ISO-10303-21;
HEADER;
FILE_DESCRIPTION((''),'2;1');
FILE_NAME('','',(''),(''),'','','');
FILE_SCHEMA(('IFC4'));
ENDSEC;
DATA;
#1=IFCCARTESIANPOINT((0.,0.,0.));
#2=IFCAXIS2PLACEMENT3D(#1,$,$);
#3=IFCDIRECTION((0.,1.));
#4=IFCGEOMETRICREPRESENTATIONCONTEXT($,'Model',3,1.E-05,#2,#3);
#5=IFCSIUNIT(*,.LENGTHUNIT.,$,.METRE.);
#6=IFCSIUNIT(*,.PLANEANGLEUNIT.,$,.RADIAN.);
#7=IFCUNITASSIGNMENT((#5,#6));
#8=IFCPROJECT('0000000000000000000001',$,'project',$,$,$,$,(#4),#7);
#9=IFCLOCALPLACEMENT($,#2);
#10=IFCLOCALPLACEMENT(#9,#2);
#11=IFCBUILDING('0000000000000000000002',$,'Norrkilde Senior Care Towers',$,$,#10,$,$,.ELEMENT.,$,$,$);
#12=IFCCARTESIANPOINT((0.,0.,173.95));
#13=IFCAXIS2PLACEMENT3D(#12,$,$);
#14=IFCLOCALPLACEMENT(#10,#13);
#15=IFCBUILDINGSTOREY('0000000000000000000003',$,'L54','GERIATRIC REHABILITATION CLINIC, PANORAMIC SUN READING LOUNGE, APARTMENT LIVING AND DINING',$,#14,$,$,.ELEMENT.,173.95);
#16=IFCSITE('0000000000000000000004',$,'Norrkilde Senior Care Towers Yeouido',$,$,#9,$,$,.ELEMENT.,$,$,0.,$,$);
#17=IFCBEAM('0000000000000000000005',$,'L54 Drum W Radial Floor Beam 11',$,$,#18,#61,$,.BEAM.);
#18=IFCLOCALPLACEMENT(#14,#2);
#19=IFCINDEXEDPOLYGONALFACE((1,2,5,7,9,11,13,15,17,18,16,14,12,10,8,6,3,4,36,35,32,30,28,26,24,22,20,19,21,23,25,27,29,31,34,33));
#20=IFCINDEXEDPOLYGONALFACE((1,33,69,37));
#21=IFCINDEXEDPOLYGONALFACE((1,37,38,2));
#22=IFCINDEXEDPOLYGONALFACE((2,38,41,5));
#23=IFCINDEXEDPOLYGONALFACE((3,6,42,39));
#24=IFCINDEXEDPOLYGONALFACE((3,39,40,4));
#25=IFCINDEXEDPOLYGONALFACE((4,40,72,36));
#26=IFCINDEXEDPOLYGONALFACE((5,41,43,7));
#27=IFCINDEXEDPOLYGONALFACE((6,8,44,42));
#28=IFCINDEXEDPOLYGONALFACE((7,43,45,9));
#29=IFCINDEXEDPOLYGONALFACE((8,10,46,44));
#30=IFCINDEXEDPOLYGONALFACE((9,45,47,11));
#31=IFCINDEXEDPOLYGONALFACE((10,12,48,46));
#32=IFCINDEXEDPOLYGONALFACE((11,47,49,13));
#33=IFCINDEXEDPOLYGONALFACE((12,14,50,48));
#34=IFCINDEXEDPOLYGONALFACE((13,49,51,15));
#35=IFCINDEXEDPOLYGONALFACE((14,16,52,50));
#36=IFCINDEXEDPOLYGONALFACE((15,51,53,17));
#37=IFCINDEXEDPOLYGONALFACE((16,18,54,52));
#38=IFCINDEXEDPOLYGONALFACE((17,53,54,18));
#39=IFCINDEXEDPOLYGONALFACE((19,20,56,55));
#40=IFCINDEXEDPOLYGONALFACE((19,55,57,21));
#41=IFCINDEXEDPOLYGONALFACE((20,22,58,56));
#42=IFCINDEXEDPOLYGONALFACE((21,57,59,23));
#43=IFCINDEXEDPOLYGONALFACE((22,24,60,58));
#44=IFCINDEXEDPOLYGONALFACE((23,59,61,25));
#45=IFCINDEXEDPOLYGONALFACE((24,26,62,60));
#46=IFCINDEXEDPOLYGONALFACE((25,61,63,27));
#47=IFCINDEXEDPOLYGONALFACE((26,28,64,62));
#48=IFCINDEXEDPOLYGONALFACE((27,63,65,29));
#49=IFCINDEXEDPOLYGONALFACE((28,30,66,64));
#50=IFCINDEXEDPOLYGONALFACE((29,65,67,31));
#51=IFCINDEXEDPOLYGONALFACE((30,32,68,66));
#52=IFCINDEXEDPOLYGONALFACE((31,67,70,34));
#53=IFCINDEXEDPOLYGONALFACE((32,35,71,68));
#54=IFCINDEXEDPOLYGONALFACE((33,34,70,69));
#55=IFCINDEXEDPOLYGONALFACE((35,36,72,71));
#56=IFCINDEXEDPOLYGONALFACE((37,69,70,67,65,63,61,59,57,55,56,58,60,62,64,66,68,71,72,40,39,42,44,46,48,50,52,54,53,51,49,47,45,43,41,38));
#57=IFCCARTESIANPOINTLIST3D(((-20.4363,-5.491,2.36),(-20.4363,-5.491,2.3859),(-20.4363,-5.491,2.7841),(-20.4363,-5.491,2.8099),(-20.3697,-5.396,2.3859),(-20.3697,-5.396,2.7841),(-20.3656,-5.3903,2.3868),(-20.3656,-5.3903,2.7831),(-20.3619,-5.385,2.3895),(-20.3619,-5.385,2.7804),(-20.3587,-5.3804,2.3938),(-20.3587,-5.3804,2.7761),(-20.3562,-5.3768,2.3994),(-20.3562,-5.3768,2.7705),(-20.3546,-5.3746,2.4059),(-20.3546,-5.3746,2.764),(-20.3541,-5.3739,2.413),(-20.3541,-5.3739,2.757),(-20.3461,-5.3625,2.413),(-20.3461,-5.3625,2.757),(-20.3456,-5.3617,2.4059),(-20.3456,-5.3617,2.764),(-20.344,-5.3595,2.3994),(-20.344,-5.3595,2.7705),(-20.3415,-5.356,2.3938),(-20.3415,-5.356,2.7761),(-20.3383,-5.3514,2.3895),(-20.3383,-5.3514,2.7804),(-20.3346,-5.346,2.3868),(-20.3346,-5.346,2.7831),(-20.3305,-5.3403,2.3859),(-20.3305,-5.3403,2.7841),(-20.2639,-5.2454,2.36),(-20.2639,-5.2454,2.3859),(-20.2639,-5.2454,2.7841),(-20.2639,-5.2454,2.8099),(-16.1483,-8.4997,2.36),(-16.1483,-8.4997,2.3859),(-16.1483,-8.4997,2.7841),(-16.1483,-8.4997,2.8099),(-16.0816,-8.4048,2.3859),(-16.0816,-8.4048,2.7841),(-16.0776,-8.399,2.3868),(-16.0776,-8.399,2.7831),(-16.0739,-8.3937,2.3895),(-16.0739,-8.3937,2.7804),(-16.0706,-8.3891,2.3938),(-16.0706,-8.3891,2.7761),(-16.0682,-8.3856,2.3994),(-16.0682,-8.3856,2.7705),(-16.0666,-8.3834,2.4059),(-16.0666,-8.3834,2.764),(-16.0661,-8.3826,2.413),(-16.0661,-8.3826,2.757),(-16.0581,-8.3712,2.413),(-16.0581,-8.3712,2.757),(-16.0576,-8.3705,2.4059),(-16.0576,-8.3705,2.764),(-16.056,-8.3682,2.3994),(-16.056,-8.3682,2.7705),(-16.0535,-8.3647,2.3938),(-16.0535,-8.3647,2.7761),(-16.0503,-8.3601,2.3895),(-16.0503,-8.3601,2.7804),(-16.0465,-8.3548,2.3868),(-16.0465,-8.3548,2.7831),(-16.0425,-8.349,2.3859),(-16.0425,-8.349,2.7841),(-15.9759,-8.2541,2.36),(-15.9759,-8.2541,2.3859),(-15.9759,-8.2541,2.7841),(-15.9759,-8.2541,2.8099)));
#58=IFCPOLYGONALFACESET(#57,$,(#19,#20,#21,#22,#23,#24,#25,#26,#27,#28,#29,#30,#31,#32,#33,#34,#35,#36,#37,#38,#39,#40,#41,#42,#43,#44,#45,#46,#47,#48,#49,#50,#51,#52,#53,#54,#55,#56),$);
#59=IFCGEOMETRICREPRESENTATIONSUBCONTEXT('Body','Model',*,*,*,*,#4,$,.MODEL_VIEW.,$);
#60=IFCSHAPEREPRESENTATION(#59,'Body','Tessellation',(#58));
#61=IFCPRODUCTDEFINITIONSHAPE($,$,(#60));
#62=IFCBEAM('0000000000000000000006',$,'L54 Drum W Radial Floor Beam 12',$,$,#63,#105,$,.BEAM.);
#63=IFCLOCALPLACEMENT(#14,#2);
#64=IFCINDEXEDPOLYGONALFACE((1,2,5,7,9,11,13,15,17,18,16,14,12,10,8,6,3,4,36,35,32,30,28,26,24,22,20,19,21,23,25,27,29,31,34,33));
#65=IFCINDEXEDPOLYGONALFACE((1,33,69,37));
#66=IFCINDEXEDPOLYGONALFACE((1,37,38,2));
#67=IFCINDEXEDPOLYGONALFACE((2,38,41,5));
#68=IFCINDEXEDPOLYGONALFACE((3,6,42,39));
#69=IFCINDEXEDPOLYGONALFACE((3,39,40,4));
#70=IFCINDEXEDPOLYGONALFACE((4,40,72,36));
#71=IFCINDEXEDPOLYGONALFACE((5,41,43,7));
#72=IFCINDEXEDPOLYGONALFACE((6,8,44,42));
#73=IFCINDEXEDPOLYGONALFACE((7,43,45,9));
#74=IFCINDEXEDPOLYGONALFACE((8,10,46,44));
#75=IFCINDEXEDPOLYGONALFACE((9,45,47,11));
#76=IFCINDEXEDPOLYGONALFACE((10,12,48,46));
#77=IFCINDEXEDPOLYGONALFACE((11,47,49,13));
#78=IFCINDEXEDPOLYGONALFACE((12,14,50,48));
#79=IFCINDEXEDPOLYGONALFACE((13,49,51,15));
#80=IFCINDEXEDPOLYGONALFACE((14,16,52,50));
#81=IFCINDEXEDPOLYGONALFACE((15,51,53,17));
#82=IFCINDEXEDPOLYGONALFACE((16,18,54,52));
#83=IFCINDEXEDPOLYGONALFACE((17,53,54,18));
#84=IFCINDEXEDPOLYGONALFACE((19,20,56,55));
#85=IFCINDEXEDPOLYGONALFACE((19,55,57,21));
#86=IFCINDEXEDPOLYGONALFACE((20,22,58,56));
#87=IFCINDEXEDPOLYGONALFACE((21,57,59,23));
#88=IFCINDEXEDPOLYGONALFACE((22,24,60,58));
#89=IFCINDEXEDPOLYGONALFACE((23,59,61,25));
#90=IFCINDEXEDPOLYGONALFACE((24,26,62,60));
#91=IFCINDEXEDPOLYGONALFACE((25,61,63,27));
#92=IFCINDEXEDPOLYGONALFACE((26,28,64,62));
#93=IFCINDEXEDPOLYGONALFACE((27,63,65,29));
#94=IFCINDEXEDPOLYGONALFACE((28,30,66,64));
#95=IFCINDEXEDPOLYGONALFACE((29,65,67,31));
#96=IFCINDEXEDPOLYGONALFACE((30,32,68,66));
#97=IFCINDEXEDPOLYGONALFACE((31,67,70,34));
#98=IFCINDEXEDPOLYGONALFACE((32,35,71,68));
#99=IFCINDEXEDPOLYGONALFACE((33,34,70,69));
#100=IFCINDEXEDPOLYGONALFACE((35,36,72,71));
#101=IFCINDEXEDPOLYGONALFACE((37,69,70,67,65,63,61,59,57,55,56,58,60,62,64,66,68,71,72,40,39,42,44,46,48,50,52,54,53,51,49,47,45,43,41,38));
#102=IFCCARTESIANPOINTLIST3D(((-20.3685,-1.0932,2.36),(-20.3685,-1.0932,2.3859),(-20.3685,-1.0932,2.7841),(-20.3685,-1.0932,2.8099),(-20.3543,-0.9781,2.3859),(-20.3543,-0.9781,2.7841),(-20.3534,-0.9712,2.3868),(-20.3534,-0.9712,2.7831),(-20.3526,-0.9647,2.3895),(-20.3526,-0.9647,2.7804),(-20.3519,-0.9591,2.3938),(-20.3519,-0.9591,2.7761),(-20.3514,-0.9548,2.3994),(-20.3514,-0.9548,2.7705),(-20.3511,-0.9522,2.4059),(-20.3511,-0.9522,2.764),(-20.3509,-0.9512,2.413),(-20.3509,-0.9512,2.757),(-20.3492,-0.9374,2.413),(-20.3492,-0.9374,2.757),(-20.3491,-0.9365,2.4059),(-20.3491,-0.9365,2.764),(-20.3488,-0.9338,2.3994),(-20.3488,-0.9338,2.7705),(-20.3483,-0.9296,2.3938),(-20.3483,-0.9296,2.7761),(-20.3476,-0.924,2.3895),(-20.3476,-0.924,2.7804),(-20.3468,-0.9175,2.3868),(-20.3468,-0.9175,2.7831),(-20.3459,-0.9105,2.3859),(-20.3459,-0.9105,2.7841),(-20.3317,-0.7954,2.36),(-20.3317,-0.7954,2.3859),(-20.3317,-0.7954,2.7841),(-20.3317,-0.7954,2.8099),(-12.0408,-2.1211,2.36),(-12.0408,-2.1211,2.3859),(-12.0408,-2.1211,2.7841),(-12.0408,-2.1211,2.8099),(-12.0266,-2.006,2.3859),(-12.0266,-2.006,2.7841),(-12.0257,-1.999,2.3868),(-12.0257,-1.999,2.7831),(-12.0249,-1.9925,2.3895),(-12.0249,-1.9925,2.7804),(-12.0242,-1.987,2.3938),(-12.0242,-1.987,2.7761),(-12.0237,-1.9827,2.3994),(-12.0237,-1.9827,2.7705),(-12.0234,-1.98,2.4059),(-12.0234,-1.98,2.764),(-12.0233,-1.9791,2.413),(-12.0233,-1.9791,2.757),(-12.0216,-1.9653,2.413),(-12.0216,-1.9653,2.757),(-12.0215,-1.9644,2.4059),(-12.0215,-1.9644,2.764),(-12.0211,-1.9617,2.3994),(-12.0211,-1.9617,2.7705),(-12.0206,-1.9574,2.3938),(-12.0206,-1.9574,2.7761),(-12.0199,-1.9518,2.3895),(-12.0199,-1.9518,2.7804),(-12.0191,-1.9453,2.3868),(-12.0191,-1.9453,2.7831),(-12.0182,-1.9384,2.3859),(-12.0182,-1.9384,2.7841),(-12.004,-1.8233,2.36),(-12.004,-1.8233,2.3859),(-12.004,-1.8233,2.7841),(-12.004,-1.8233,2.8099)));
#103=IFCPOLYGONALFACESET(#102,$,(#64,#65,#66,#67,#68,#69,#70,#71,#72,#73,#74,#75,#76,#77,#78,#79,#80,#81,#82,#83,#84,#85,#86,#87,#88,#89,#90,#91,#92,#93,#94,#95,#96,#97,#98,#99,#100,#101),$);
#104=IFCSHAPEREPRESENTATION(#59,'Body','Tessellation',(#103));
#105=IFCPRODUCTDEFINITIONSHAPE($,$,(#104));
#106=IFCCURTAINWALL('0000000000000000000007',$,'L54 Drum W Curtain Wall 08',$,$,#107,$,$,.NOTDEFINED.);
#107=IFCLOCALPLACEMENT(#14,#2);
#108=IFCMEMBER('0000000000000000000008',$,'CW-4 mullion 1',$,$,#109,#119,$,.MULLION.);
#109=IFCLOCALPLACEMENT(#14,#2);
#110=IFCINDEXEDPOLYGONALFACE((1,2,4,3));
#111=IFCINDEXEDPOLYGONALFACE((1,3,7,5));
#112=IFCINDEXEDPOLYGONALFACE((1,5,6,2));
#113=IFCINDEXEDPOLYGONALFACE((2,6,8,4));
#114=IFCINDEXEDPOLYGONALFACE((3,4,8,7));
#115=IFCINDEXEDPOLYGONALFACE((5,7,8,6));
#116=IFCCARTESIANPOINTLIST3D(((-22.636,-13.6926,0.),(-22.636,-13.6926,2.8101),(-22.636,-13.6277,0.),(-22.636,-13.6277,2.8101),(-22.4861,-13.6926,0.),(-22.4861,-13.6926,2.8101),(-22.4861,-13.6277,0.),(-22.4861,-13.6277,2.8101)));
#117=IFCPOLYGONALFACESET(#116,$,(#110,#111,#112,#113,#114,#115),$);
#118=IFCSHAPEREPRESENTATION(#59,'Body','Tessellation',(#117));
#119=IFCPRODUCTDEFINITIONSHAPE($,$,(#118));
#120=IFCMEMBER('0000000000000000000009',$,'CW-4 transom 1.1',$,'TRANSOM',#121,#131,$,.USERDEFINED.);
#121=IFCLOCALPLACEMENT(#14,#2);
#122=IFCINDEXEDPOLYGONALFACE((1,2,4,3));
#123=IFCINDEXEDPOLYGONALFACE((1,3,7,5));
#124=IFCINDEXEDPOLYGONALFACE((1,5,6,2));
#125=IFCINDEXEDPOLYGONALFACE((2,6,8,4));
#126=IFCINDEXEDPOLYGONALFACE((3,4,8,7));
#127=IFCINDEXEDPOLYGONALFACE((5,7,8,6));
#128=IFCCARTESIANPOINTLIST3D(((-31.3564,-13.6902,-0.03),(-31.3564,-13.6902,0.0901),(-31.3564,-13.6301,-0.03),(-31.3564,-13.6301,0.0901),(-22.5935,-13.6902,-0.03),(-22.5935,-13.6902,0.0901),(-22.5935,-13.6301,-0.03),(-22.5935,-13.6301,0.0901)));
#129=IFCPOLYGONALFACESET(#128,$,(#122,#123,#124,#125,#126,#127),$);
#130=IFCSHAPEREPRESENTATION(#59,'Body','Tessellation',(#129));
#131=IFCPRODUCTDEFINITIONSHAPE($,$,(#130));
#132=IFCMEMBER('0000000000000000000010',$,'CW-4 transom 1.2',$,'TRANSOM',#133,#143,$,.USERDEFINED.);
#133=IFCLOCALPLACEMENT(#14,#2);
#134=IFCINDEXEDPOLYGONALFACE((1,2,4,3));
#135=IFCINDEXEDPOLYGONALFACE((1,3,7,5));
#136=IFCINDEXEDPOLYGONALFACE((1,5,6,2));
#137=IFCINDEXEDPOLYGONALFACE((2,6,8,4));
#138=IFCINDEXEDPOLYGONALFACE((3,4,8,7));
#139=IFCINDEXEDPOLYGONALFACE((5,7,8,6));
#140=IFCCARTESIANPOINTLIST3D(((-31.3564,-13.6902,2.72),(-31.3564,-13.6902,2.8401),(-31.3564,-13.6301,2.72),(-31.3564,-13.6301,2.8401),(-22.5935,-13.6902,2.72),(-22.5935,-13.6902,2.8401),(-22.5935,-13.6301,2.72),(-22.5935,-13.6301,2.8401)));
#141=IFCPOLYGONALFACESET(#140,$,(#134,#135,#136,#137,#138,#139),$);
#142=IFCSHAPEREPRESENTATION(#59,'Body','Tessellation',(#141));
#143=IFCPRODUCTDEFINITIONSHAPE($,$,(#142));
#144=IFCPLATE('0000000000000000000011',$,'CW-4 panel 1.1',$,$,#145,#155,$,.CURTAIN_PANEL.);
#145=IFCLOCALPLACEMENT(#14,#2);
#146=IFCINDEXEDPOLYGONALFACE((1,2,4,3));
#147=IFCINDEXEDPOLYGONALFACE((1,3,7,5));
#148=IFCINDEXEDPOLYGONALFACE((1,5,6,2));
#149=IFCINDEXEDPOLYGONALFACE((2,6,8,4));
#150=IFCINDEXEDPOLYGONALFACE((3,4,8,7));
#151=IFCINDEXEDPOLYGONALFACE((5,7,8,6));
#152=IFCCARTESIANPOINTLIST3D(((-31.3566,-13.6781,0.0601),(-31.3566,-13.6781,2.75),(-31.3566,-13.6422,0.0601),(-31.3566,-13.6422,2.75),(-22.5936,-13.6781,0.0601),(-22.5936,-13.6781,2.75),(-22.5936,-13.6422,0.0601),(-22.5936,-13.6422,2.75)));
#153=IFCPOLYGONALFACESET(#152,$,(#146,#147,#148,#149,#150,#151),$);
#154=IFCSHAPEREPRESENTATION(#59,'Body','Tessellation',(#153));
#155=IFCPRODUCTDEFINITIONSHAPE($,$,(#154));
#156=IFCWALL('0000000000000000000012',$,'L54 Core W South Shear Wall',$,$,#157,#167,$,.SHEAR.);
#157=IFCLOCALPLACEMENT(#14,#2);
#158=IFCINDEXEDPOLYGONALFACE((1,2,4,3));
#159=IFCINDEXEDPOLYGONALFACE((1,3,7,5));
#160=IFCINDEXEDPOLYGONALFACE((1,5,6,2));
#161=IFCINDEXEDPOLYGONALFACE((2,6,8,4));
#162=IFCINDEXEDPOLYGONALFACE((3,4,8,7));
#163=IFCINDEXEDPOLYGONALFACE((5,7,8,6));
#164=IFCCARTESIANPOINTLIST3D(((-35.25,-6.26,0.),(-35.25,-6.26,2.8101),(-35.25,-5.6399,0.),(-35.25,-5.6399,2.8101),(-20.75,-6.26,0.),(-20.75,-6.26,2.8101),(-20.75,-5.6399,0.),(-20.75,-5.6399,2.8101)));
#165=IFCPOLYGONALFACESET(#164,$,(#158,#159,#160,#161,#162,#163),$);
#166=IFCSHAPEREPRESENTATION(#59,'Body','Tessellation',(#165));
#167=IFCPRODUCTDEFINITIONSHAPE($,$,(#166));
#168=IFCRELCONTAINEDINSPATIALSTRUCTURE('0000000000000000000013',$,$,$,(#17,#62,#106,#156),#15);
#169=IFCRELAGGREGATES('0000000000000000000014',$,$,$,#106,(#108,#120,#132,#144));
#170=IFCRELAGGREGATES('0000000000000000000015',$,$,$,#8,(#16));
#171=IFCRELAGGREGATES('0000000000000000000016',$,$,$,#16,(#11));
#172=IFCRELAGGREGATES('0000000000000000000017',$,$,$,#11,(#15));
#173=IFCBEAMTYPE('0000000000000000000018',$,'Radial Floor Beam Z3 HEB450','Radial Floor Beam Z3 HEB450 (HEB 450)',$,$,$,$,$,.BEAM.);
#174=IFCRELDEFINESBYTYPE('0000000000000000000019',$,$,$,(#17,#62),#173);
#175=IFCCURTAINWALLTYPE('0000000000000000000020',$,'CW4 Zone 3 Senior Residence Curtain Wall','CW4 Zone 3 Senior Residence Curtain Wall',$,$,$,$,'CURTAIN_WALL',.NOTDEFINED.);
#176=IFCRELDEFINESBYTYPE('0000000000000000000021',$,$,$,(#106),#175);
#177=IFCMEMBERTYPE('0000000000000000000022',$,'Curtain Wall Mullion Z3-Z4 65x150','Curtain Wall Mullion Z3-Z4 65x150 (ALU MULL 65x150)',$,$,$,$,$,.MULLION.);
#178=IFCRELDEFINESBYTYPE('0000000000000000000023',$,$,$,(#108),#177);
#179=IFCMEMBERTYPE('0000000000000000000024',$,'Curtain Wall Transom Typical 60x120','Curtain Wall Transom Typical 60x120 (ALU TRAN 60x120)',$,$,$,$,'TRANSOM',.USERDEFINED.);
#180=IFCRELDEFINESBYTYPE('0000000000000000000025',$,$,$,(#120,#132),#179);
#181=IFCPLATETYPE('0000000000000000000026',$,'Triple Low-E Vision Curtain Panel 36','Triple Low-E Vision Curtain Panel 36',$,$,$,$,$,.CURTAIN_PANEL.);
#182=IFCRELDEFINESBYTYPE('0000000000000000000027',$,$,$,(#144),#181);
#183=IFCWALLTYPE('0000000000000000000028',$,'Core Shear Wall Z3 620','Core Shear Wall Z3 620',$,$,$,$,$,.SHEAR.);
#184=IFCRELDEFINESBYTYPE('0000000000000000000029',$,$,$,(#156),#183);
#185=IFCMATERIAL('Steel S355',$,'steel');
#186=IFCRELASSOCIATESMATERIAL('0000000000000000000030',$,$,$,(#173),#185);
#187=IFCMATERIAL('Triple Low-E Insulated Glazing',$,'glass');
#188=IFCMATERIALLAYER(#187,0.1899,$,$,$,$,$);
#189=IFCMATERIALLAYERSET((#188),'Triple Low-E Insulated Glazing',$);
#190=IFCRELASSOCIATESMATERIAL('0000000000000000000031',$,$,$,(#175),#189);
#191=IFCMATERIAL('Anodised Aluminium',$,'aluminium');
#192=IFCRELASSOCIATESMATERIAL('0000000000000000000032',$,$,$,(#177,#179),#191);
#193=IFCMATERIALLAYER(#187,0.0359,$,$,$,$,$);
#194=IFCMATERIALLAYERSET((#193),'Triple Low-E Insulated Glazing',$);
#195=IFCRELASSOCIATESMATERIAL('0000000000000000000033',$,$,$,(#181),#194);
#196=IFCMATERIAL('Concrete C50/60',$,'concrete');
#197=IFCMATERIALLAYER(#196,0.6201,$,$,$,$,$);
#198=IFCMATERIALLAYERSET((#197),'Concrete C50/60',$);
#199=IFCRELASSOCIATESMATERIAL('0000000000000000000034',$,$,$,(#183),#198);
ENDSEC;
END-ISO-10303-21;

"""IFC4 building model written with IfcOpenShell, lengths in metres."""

from ifc_helpers import new_model, si_unit, direction, frame, frame_2d, origin, origin_2d, place, context, subcontext, project, spatial, rectangle, i_section, extrude, source, transform, mapped, material, layer, layer_set, material_profile, profile_set, type_object, type_shapes, element, aggregate, save


model = new_model("IFC4")

# Units and contexts
model_context = context("Model", 3, precision=1e-05, world=origin(), true_north=direction((0.0, 1.0)))
body_context = subcontext(model_context, "Body", "Model", "MODEL_VIEW")
ifc_project = project(units=[si_unit("LENGTHUNIT", "METRE"), si_unit("PLANEANGLEUNIT", "RADIAN")], contexts=[model_context])

# Site, building, storey
site_placement = place(None, origin())
site = spatial("IfcSite", under=ifc_project, at=site_placement, Name="Norrkilde Senior Care Towers Yeouido", CompositionType="ELEMENT", RefElevation=0.0)
building_placement = place(site_placement, origin())
building = spatial("IfcBuilding", under=site, at=building_placement, Name="Norrkilde Senior Care Towers", CompositionType="ELEMENT")
storey_placement = place(building_placement, frame((0.0, 0.0, 173.95)))
storey = spatial("IfcBuildingStorey", under=building, at=storey_placement, Name="L54", Description="GERIATRIC REHABILITATION CLINIC, PANORAMIC SUN READING LOUNGE, APARTMENT LIVING AND DINING", CompositionType="ELEMENT", Elevation=173.95)

# Shared definitions
ifc_material_1 = material(Name="Concrete C50/60", Category="concrete")

# Beams
ifc_material_2 = material(Name="Steel S355", Category="steel")
ifc_material_profile_1 = material_profile(ifc_material_2, i_section(OverallWidth=0.3, OverallDepth=0.45, WebThickness=0.0139, FlangeThickness=0.0259, FilletRadius=0.0271, at=origin_2d()), Name="HEB 450")
ifc_profile_set_1 = profile_set([ifc_material_profile_1], Name="Steel S355")
beam_type_1 = type_object("IfcBeamType", Name="Radial Floor Beam Z3 HEB450", Description="Radial Floor Beam Z3 HEB450 (HEB 450)", PredefinedType="BEAM", material=ifc_profile_set_1)
shared_shape_1 = source(origin(), body_context, "Body", "SweptSolid", [
    extrude(i_section(OverallWidth=0.3, OverallDepth=0.45, WebThickness=0.0139, FlangeThickness=0.0259, FilletRadius=0.0271, at=origin_2d()), origin(), (0.0, 0.0, 1.0), 5.2383),
])
beam_1_placement = place(storey_placement, frame((-20.3501, -5.3682, 2.585), z_axis=(0.818592, -0.574375, 0.0), x_axis=(0.574375, 0.818592, 0.0)))
element("IfcBeam", 1, at=beam_1_placement, inside=storey, type_object=beam_type_1, Name="L54 Drum W Radial Floor Beam 11", PredefinedType="BEAM", context=body_context, shape_type="MappedRepresentation", body=[
    mapped(shared_shape_1, transform((0.0, 0.0, 0.0), x_axis=(1.0, 0.0, 0.0), y_axis=(0.0, 1.0, 0.0), z_axis=(0.0, 0.0, 1.0), scale=1.0)),
])
shared_shape_2 = source(origin(), body_context, "Body", "SweptSolid", [
    extrude(i_section(OverallWidth=0.3, OverallDepth=0.45, WebThickness=0.0139, FlangeThickness=0.0259, FilletRadius=0.0271, at=origin_2d()), origin(), (0.0, 0.0, 1.0), 8.3909),
])
beam_2_placement = place(storey_placement, frame((-20.3501, -0.9443, 2.585), z_axis=(0.992469, -0.122495, 0.0), x_axis=(0.122495, 0.992469, 0.0)))
element("IfcBeam", 2, at=beam_2_placement, inside=storey, type_object=beam_type_1, Name="L54 Drum W Radial Floor Beam 12", PredefinedType="BEAM", context=body_context, shape_type="MappedRepresentation", body=[
    mapped(shared_shape_2, transform((0.0, 0.0, 0.0), x_axis=(1.0, 0.0, 0.0), y_axis=(0.0, 1.0, 0.0), z_axis=(0.0, 0.0, 1.0), scale=1.0)),
])

# Curtain wall, members, plate
ifc_material_3 = material(Name="Triple Low-E Insulated Glazing", Category="glass")
ifc_layer_1 = layer(ifc_material_3, 0.1899)
ifc_layer_set_1 = layer_set([ifc_layer_1], Name="Triple Low-E Insulated Glazing")
curtain_wall_type = type_object("IfcCurtainWallType", Name="CW4 Zone 3 Senior Residence Curtain Wall", Description="CW4 Zone 3 Senior Residence Curtain Wall", ElementType="CURTAIN_WALL", PredefinedType="NOTDEFINED", material=ifc_layer_set_1)
curtain_wall_placement = place(storey_placement, origin())
curtain_wall = element("IfcCurtainWall", 3, at=curtain_wall_placement, inside=storey, type_object=curtain_wall_type, Name="L54 Drum W Curtain Wall 08", PredefinedType="NOTDEFINED")
ifc_material_4 = material(Name="Anodised Aluminium", Category="aluminium")
ifc_material_profile_2 = material_profile(ifc_material_4, rectangle(XDim=0.0649, YDim=0.1499, at=origin_2d()), Name="ALU MULL 65x150")
ifc_profile_set_2 = profile_set([ifc_material_profile_2], Name="Anodised Aluminium")
member_type_1 = type_object("IfcMemberType", Name="Curtain Wall Mullion Z3-Z4 65x150", Description="Curtain Wall Mullion Z3-Z4 65x150 (ALU MULL 65x150)", PredefinedType="MULLION", material=ifc_profile_set_2)
shared_shape_3 = source(origin(), body_context, "Body", "SweptSolid", [
    extrude(rectangle(XDim=0.0649, YDim=0.1499, at=origin_2d()), origin(), (0.0, 0.0, 1.0), 2.8101),
])
type_shapes(member_type_1, [shared_shape_3])
member_1_placement = place(storey_placement, frame((-22.561, -13.6602, 0.0), z_axis=(0.0, 0.0, 1.0), x_axis=(0.0, -1.0, 0.0)))
member_1 = element("IfcMember", 4, at=member_1_placement, type_object=member_type_1, Name="CW-4 mullion 1", PredefinedType="MULLION", context=body_context, shape_type="MappedRepresentation", body=[
    mapped(shared_shape_3, transform((0.0, 0.0, 0.0), x_axis=(1.0, 0.0, 0.0), y_axis=(0.0, 1.0, 0.0), z_axis=(0.0, 0.0, 1.0), scale=1.0)),
])
ifc_material_profile_3 = material_profile(ifc_material_4, rectangle(XDim=0.0601, YDim=0.1201, at=origin_2d()), Name="ALU TRAN 60x120")
ifc_profile_set_3 = profile_set([ifc_material_profile_3], Name="Anodised Aluminium")
member_type_2 = type_object("IfcMemberType", Name="Curtain Wall Transom Typical 60x120", Description="Curtain Wall Transom Typical 60x120 (ALU TRAN 60x120)", ElementType="TRANSOM", PredefinedType="USERDEFINED", material=ifc_profile_set_3)
shared_shape_4 = source(origin(), body_context, "Body", "SweptSolid", [
    extrude(rectangle(XDim=0.0601, YDim=0.1201, at=origin_2d()), origin(), (0.0, 0.0, 1.0), 8.7629),
])
type_shapes(member_type_2, [shared_shape_4])
member_2_placement = place(storey_placement, frame((-22.5935, -13.6602, 0.03), z_axis=(-1.0, 0.0, 0.0), x_axis=(0.0, -1.0, 0.0)))
member_2 = element("IfcMember", 5, at=member_2_placement, type_object=member_type_2, Name="CW-4 transom 1.1", ObjectType="TRANSOM", PredefinedType="USERDEFINED", context=body_context, shape_type="MappedRepresentation", body=[
    mapped(shared_shape_4, transform((0.0, 0.0, 0.0), x_axis=(1.0, 0.0, 0.0), y_axis=(0.0, 1.0, 0.0), z_axis=(0.0, 0.0, 1.0), scale=1.0)),
])
member_3_placement = place(storey_placement, frame((-22.5935, -13.6602, 2.78), z_axis=(-1.0, 0.0, 0.0), x_axis=(0.0, -1.0, 0.0)))
member_3 = element("IfcMember", 6, at=member_3_placement, type_object=member_type_2, Name="CW-4 transom 1.2", ObjectType="TRANSOM", PredefinedType="USERDEFINED", context=body_context, shape_type="MappedRepresentation", body=[
    mapped(shared_shape_4, transform((0.0, 0.0, 0.0), x_axis=(1.0, 0.0, 0.0), y_axis=(0.0, 1.0, 0.0), z_axis=(0.0, 0.0, 1.0), scale=1.0)),
])
ifc_layer_2 = layer(ifc_material_3, 0.0359)
ifc_layer_set_2 = layer_set([ifc_layer_2], Name="Triple Low-E Insulated Glazing")
plate_type = type_object("IfcPlateType", Name="Triple Low-E Vision Curtain Panel 36", Description="Triple Low-E Vision Curtain Panel 36", PredefinedType="CURTAIN_PANEL", material=ifc_layer_set_2)
shared_shape_5 = source(origin(), body_context, "Body", "SweptSolid", [
    extrude(rectangle(XDim=8.7629, YDim=0.0359, at=origin_2d()), origin(), (0.0, 0.0, 1.0), 2.6899),
])
type_shapes(plate_type, [shared_shape_5])
plate_placement = place(storey_placement, frame((-26.9751, -13.6602, 0.0601), z_axis=(0.0, 0.0, 1.0), x_axis=(-1.0, 0.0, 0.0)))
plate = element("IfcPlate", 7, at=plate_placement, type_object=plate_type, Name="CW-4 panel 1.1", PredefinedType="CURTAIN_PANEL", context=body_context, shape_type="MappedRepresentation", body=[
    mapped(shared_shape_5, transform((0.0, 0.0, 0.0), x_axis=(1.0, 0.0, 0.0), y_axis=(0.0, 1.0, 0.0), z_axis=(0.0, 0.0, 1.0), scale=1.0)),
])
aggregate(curtain_wall, [member_1, member_2, member_3, plate])

# Wall
ifc_layer_3 = layer(ifc_material_1, 0.6201)
ifc_layer_set_3 = layer_set([ifc_layer_3], Name="Concrete C50/60")
wall_type_1 = type_object("IfcWallType", Name="Core Shear Wall Z3 620", Description="Core Shear Wall Z3 620", PredefinedType="SHEAR", material=ifc_layer_set_3)
shared_shape_6 = source(origin(), body_context, "Body", "SweptSolid", [
    extrude(rectangle(XDim=14.5, YDim=0.6201, at=frame_2d((7.25, 0.0))), origin(), (0.0, 0.0, 1.0), 2.8101),
])
type_shapes(wall_type_1, [shared_shape_6])
wall_1_placement = place(storey_placement, frame((-20.75, -5.95, 0.0), z_axis=(0.0, 0.0, 1.0), x_axis=(-1.0, 0.0, 0.0)))
element("IfcWall", 8, at=wall_1_placement, inside=storey, type_object=wall_type_1, Name="L54 Core W South Shear Wall", PredefinedType="SHEAR", context=body_context, shape_type="MappedRepresentation", body=[
    mapped(shared_shape_6, transform((0.0, 0.0, 0.0), x_axis=(1.0, 0.0, 0.0), y_axis=(0.0, 1.0, 0.0), z_axis=(0.0, 0.0, 1.0), scale=1.0)),
])

save(model, "model.ifc")
